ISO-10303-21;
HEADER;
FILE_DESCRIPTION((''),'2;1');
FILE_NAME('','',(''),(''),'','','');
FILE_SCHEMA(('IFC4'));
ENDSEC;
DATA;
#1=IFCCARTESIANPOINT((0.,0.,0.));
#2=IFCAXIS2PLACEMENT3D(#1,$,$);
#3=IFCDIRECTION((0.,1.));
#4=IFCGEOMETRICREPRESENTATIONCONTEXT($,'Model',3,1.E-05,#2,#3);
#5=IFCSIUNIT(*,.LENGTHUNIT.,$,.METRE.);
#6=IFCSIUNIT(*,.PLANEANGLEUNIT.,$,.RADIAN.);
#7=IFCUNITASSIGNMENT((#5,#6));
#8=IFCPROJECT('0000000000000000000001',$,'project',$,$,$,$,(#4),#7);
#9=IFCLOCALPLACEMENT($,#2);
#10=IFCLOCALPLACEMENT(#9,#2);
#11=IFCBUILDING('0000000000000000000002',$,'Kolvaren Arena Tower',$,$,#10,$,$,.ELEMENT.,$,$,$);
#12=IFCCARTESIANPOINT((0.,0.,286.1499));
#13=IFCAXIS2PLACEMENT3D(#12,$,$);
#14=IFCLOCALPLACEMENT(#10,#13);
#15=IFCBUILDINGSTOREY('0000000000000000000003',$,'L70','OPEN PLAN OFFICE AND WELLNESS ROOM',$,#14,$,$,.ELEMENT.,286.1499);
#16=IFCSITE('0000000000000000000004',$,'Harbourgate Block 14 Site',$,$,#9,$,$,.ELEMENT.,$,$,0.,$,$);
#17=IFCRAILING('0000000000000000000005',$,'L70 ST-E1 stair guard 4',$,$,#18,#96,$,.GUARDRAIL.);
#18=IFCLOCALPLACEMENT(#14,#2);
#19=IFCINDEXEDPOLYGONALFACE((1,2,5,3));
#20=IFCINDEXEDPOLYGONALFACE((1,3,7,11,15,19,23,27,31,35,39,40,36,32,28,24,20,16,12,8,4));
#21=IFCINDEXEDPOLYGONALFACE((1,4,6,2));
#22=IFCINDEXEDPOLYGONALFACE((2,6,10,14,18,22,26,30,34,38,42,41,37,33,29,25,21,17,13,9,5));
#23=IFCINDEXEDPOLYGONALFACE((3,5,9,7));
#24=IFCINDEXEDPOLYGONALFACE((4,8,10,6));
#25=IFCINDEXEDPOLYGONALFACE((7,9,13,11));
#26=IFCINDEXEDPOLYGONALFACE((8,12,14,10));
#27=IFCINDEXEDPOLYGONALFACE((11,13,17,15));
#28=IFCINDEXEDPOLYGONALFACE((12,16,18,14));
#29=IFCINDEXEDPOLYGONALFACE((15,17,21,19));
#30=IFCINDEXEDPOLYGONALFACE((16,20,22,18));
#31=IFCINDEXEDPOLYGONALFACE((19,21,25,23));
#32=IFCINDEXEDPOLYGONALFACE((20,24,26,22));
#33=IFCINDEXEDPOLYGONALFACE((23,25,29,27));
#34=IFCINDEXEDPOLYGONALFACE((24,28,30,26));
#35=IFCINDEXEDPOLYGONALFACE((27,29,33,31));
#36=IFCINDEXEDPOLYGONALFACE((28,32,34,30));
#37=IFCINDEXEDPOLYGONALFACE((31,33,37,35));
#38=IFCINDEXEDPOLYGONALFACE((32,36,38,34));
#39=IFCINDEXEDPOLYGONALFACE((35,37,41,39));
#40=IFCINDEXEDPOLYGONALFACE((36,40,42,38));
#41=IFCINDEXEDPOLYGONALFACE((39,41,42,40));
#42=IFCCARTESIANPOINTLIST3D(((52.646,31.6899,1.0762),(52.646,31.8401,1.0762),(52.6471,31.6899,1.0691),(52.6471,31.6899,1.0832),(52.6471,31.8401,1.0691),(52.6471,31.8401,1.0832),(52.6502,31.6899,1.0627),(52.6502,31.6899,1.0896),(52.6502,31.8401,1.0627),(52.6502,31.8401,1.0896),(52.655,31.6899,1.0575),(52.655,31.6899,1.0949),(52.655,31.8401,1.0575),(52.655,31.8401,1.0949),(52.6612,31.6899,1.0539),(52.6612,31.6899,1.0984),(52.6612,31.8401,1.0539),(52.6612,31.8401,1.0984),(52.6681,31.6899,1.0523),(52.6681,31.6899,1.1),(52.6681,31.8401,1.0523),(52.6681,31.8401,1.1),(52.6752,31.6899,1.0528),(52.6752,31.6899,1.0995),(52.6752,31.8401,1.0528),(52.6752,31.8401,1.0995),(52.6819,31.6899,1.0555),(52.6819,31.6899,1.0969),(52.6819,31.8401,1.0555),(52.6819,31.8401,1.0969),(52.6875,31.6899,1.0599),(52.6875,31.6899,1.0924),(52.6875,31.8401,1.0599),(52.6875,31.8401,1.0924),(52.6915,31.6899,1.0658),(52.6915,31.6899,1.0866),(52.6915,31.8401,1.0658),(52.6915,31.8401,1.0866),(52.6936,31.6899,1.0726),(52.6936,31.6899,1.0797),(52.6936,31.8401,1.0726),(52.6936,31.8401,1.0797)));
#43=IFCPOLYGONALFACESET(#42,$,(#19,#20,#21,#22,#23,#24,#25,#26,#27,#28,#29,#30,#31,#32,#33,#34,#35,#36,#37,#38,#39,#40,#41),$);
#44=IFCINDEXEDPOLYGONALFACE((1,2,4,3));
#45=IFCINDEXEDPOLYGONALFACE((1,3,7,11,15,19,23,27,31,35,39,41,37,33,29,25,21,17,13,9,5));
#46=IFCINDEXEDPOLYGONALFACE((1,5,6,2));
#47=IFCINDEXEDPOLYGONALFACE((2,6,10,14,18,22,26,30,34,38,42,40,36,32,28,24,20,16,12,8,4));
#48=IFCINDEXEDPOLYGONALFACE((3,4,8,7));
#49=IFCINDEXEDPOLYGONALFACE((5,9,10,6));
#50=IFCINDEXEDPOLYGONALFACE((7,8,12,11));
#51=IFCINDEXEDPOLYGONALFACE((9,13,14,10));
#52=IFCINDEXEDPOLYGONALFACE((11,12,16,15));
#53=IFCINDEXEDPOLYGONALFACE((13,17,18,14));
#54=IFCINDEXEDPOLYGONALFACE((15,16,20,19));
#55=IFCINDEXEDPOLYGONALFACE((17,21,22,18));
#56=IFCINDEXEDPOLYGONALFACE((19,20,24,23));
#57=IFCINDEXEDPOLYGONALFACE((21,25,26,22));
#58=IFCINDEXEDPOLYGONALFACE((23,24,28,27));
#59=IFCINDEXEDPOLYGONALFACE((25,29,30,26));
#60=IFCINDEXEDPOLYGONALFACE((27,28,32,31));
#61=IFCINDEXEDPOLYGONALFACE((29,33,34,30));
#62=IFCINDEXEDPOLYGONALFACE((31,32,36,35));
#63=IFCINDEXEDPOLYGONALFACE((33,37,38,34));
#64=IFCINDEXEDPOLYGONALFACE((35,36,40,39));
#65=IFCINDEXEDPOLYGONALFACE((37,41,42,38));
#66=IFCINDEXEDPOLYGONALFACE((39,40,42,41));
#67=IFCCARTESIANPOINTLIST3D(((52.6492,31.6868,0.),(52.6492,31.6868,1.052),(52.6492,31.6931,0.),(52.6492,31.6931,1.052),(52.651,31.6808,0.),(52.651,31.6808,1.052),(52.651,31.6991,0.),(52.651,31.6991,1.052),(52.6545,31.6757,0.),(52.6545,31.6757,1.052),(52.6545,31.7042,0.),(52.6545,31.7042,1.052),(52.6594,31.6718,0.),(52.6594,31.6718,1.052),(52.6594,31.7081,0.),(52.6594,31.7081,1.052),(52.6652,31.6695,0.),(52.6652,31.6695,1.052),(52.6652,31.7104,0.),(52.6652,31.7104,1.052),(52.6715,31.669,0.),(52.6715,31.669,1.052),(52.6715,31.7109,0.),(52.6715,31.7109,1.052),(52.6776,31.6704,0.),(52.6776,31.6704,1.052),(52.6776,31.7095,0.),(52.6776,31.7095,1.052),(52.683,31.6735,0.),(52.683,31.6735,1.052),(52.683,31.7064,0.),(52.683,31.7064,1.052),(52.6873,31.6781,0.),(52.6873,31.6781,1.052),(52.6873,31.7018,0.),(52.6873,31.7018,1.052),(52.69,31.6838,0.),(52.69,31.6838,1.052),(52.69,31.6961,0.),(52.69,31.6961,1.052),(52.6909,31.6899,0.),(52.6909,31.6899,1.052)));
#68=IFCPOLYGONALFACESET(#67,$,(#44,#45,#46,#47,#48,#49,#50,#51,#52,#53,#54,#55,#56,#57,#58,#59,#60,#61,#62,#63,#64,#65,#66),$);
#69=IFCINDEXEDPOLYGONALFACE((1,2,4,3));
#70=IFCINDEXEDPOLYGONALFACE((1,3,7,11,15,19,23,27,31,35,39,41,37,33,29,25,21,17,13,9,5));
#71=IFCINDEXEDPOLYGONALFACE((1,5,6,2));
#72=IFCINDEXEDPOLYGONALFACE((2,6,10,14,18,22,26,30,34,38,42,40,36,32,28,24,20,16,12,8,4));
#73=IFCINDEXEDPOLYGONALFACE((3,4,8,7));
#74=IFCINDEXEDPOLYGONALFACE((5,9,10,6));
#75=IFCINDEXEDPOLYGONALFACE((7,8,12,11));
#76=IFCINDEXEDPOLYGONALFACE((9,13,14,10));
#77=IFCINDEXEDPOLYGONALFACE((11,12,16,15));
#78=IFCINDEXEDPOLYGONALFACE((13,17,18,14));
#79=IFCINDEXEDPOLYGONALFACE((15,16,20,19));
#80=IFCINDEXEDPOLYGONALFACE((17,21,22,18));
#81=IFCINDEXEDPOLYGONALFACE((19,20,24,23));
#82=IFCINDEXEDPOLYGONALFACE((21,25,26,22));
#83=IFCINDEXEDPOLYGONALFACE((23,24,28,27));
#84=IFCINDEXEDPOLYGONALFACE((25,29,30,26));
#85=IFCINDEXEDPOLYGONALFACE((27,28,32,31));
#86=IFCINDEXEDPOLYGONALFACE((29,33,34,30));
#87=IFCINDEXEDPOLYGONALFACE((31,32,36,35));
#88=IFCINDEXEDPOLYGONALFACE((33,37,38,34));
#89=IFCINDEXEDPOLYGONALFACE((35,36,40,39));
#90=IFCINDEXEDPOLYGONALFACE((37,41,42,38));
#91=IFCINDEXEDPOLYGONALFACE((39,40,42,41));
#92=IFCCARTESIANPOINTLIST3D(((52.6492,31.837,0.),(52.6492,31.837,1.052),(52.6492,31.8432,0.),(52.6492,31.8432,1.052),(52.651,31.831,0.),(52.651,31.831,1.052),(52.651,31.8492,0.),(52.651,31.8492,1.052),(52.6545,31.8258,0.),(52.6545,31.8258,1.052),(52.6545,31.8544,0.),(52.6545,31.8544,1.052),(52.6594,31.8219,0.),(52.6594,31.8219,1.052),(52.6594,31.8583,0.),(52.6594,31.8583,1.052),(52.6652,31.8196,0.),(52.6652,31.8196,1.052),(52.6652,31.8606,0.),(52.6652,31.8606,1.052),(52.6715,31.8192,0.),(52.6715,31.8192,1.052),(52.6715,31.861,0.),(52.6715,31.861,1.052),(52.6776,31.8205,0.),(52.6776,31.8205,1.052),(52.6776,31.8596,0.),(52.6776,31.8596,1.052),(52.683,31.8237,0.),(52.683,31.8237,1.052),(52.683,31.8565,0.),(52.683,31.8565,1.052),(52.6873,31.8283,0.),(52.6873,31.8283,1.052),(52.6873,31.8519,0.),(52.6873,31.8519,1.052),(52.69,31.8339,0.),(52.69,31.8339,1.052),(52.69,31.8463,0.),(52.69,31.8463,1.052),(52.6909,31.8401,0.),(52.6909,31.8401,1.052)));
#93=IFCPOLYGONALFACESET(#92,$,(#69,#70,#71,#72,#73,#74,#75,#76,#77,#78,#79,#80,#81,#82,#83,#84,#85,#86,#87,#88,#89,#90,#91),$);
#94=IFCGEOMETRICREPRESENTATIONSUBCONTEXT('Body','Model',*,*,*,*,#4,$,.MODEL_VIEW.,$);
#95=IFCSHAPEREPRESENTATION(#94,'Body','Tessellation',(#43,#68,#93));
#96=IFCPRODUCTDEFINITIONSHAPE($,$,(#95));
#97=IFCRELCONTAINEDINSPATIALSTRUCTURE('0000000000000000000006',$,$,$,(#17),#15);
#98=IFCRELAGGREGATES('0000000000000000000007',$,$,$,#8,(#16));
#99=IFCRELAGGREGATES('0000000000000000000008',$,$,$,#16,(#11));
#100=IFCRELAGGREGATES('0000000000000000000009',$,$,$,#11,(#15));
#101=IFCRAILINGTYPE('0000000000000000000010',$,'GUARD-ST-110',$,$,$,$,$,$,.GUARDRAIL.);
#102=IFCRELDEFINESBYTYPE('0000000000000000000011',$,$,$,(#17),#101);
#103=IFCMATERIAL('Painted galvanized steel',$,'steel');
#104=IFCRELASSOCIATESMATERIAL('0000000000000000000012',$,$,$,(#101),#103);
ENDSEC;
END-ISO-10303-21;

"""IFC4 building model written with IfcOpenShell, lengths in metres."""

from ifc_helpers import new_model, si_unit, direction, frame, origin, origin_2d, place, context, subcontext, project, spatial, circle, extrude, material, type_object, element, save


model = new_model("IFC4")

# Units and contexts
model_context = context("Model", 3, precision=1e-05, world=origin(), true_north=direction((0.0, 1.0)))
body_context = subcontext(model_context, "Body", "Model", "MODEL_VIEW")
ifc_project = project(units=[si_unit("LENGTHUNIT", "METRE"), si_unit("PLANEANGLEUNIT", "RADIAN")], contexts=[model_context])

# Site, building, storey
site_placement = place(None, origin())
site = spatial("IfcSite", under=ifc_project, at=site_placement, Name="Harbourgate Block 14 Site", CompositionType="ELEMENT", RefElevation=0.0)
building_placement = place(site_placement, origin())
building = spatial("IfcBuilding", under=site, at=building_placement, Name="Kolvaren Arena Tower", CompositionType="ELEMENT")
storey_placement = place(building_placement, frame((0.0, 0.0, 286.1499)))
storey = spatial("IfcBuildingStorey", under=building, at=storey_placement, Name="L70", Description="OPEN PLAN OFFICE AND WELLNESS ROOM", CompositionType="ELEMENT", Elevation=286.1499)

# Railing
ifc_material_1 = material(Name="Painted galvanized steel", Category="steel")
railing_type_1 = type_object("IfcRailingType", Name="GUARD-ST-110", PredefinedType="GUARDRAIL", material=ifc_material_1)
railing_1_placement = place(storey_placement, frame((52.6699, 31.6899, 0.0)))
element("IfcRailing", 1, at=railing_1_placement, inside=storey, type_object=railing_type_1, Name="L70 ST-E1 stair guard 4", PredefinedType="GUARDRAIL", context=body_context, shape_type="SweptSolid", body=[
    extrude(circle(Radius=0.0239, at=origin_2d()), frame((0.0, 0.0, 1.0762), z_axis=(0.0, 1.0, 0.0), x_axis=(-1.0, 0.0, 0.0)), (0.0, 0.0, 1.0), 0.1501),
    extrude(circle(Radius=0.021, at=origin_2d()), origin(), (0.0, 0.0, 1.0), 1.052),
    extrude(circle(Radius=0.021, at=origin_2d()), frame((0.0, 0.1501, 0.0)), (0.0, 0.0, 1.0), 1.052),
])

save(model, "model.ifc")
